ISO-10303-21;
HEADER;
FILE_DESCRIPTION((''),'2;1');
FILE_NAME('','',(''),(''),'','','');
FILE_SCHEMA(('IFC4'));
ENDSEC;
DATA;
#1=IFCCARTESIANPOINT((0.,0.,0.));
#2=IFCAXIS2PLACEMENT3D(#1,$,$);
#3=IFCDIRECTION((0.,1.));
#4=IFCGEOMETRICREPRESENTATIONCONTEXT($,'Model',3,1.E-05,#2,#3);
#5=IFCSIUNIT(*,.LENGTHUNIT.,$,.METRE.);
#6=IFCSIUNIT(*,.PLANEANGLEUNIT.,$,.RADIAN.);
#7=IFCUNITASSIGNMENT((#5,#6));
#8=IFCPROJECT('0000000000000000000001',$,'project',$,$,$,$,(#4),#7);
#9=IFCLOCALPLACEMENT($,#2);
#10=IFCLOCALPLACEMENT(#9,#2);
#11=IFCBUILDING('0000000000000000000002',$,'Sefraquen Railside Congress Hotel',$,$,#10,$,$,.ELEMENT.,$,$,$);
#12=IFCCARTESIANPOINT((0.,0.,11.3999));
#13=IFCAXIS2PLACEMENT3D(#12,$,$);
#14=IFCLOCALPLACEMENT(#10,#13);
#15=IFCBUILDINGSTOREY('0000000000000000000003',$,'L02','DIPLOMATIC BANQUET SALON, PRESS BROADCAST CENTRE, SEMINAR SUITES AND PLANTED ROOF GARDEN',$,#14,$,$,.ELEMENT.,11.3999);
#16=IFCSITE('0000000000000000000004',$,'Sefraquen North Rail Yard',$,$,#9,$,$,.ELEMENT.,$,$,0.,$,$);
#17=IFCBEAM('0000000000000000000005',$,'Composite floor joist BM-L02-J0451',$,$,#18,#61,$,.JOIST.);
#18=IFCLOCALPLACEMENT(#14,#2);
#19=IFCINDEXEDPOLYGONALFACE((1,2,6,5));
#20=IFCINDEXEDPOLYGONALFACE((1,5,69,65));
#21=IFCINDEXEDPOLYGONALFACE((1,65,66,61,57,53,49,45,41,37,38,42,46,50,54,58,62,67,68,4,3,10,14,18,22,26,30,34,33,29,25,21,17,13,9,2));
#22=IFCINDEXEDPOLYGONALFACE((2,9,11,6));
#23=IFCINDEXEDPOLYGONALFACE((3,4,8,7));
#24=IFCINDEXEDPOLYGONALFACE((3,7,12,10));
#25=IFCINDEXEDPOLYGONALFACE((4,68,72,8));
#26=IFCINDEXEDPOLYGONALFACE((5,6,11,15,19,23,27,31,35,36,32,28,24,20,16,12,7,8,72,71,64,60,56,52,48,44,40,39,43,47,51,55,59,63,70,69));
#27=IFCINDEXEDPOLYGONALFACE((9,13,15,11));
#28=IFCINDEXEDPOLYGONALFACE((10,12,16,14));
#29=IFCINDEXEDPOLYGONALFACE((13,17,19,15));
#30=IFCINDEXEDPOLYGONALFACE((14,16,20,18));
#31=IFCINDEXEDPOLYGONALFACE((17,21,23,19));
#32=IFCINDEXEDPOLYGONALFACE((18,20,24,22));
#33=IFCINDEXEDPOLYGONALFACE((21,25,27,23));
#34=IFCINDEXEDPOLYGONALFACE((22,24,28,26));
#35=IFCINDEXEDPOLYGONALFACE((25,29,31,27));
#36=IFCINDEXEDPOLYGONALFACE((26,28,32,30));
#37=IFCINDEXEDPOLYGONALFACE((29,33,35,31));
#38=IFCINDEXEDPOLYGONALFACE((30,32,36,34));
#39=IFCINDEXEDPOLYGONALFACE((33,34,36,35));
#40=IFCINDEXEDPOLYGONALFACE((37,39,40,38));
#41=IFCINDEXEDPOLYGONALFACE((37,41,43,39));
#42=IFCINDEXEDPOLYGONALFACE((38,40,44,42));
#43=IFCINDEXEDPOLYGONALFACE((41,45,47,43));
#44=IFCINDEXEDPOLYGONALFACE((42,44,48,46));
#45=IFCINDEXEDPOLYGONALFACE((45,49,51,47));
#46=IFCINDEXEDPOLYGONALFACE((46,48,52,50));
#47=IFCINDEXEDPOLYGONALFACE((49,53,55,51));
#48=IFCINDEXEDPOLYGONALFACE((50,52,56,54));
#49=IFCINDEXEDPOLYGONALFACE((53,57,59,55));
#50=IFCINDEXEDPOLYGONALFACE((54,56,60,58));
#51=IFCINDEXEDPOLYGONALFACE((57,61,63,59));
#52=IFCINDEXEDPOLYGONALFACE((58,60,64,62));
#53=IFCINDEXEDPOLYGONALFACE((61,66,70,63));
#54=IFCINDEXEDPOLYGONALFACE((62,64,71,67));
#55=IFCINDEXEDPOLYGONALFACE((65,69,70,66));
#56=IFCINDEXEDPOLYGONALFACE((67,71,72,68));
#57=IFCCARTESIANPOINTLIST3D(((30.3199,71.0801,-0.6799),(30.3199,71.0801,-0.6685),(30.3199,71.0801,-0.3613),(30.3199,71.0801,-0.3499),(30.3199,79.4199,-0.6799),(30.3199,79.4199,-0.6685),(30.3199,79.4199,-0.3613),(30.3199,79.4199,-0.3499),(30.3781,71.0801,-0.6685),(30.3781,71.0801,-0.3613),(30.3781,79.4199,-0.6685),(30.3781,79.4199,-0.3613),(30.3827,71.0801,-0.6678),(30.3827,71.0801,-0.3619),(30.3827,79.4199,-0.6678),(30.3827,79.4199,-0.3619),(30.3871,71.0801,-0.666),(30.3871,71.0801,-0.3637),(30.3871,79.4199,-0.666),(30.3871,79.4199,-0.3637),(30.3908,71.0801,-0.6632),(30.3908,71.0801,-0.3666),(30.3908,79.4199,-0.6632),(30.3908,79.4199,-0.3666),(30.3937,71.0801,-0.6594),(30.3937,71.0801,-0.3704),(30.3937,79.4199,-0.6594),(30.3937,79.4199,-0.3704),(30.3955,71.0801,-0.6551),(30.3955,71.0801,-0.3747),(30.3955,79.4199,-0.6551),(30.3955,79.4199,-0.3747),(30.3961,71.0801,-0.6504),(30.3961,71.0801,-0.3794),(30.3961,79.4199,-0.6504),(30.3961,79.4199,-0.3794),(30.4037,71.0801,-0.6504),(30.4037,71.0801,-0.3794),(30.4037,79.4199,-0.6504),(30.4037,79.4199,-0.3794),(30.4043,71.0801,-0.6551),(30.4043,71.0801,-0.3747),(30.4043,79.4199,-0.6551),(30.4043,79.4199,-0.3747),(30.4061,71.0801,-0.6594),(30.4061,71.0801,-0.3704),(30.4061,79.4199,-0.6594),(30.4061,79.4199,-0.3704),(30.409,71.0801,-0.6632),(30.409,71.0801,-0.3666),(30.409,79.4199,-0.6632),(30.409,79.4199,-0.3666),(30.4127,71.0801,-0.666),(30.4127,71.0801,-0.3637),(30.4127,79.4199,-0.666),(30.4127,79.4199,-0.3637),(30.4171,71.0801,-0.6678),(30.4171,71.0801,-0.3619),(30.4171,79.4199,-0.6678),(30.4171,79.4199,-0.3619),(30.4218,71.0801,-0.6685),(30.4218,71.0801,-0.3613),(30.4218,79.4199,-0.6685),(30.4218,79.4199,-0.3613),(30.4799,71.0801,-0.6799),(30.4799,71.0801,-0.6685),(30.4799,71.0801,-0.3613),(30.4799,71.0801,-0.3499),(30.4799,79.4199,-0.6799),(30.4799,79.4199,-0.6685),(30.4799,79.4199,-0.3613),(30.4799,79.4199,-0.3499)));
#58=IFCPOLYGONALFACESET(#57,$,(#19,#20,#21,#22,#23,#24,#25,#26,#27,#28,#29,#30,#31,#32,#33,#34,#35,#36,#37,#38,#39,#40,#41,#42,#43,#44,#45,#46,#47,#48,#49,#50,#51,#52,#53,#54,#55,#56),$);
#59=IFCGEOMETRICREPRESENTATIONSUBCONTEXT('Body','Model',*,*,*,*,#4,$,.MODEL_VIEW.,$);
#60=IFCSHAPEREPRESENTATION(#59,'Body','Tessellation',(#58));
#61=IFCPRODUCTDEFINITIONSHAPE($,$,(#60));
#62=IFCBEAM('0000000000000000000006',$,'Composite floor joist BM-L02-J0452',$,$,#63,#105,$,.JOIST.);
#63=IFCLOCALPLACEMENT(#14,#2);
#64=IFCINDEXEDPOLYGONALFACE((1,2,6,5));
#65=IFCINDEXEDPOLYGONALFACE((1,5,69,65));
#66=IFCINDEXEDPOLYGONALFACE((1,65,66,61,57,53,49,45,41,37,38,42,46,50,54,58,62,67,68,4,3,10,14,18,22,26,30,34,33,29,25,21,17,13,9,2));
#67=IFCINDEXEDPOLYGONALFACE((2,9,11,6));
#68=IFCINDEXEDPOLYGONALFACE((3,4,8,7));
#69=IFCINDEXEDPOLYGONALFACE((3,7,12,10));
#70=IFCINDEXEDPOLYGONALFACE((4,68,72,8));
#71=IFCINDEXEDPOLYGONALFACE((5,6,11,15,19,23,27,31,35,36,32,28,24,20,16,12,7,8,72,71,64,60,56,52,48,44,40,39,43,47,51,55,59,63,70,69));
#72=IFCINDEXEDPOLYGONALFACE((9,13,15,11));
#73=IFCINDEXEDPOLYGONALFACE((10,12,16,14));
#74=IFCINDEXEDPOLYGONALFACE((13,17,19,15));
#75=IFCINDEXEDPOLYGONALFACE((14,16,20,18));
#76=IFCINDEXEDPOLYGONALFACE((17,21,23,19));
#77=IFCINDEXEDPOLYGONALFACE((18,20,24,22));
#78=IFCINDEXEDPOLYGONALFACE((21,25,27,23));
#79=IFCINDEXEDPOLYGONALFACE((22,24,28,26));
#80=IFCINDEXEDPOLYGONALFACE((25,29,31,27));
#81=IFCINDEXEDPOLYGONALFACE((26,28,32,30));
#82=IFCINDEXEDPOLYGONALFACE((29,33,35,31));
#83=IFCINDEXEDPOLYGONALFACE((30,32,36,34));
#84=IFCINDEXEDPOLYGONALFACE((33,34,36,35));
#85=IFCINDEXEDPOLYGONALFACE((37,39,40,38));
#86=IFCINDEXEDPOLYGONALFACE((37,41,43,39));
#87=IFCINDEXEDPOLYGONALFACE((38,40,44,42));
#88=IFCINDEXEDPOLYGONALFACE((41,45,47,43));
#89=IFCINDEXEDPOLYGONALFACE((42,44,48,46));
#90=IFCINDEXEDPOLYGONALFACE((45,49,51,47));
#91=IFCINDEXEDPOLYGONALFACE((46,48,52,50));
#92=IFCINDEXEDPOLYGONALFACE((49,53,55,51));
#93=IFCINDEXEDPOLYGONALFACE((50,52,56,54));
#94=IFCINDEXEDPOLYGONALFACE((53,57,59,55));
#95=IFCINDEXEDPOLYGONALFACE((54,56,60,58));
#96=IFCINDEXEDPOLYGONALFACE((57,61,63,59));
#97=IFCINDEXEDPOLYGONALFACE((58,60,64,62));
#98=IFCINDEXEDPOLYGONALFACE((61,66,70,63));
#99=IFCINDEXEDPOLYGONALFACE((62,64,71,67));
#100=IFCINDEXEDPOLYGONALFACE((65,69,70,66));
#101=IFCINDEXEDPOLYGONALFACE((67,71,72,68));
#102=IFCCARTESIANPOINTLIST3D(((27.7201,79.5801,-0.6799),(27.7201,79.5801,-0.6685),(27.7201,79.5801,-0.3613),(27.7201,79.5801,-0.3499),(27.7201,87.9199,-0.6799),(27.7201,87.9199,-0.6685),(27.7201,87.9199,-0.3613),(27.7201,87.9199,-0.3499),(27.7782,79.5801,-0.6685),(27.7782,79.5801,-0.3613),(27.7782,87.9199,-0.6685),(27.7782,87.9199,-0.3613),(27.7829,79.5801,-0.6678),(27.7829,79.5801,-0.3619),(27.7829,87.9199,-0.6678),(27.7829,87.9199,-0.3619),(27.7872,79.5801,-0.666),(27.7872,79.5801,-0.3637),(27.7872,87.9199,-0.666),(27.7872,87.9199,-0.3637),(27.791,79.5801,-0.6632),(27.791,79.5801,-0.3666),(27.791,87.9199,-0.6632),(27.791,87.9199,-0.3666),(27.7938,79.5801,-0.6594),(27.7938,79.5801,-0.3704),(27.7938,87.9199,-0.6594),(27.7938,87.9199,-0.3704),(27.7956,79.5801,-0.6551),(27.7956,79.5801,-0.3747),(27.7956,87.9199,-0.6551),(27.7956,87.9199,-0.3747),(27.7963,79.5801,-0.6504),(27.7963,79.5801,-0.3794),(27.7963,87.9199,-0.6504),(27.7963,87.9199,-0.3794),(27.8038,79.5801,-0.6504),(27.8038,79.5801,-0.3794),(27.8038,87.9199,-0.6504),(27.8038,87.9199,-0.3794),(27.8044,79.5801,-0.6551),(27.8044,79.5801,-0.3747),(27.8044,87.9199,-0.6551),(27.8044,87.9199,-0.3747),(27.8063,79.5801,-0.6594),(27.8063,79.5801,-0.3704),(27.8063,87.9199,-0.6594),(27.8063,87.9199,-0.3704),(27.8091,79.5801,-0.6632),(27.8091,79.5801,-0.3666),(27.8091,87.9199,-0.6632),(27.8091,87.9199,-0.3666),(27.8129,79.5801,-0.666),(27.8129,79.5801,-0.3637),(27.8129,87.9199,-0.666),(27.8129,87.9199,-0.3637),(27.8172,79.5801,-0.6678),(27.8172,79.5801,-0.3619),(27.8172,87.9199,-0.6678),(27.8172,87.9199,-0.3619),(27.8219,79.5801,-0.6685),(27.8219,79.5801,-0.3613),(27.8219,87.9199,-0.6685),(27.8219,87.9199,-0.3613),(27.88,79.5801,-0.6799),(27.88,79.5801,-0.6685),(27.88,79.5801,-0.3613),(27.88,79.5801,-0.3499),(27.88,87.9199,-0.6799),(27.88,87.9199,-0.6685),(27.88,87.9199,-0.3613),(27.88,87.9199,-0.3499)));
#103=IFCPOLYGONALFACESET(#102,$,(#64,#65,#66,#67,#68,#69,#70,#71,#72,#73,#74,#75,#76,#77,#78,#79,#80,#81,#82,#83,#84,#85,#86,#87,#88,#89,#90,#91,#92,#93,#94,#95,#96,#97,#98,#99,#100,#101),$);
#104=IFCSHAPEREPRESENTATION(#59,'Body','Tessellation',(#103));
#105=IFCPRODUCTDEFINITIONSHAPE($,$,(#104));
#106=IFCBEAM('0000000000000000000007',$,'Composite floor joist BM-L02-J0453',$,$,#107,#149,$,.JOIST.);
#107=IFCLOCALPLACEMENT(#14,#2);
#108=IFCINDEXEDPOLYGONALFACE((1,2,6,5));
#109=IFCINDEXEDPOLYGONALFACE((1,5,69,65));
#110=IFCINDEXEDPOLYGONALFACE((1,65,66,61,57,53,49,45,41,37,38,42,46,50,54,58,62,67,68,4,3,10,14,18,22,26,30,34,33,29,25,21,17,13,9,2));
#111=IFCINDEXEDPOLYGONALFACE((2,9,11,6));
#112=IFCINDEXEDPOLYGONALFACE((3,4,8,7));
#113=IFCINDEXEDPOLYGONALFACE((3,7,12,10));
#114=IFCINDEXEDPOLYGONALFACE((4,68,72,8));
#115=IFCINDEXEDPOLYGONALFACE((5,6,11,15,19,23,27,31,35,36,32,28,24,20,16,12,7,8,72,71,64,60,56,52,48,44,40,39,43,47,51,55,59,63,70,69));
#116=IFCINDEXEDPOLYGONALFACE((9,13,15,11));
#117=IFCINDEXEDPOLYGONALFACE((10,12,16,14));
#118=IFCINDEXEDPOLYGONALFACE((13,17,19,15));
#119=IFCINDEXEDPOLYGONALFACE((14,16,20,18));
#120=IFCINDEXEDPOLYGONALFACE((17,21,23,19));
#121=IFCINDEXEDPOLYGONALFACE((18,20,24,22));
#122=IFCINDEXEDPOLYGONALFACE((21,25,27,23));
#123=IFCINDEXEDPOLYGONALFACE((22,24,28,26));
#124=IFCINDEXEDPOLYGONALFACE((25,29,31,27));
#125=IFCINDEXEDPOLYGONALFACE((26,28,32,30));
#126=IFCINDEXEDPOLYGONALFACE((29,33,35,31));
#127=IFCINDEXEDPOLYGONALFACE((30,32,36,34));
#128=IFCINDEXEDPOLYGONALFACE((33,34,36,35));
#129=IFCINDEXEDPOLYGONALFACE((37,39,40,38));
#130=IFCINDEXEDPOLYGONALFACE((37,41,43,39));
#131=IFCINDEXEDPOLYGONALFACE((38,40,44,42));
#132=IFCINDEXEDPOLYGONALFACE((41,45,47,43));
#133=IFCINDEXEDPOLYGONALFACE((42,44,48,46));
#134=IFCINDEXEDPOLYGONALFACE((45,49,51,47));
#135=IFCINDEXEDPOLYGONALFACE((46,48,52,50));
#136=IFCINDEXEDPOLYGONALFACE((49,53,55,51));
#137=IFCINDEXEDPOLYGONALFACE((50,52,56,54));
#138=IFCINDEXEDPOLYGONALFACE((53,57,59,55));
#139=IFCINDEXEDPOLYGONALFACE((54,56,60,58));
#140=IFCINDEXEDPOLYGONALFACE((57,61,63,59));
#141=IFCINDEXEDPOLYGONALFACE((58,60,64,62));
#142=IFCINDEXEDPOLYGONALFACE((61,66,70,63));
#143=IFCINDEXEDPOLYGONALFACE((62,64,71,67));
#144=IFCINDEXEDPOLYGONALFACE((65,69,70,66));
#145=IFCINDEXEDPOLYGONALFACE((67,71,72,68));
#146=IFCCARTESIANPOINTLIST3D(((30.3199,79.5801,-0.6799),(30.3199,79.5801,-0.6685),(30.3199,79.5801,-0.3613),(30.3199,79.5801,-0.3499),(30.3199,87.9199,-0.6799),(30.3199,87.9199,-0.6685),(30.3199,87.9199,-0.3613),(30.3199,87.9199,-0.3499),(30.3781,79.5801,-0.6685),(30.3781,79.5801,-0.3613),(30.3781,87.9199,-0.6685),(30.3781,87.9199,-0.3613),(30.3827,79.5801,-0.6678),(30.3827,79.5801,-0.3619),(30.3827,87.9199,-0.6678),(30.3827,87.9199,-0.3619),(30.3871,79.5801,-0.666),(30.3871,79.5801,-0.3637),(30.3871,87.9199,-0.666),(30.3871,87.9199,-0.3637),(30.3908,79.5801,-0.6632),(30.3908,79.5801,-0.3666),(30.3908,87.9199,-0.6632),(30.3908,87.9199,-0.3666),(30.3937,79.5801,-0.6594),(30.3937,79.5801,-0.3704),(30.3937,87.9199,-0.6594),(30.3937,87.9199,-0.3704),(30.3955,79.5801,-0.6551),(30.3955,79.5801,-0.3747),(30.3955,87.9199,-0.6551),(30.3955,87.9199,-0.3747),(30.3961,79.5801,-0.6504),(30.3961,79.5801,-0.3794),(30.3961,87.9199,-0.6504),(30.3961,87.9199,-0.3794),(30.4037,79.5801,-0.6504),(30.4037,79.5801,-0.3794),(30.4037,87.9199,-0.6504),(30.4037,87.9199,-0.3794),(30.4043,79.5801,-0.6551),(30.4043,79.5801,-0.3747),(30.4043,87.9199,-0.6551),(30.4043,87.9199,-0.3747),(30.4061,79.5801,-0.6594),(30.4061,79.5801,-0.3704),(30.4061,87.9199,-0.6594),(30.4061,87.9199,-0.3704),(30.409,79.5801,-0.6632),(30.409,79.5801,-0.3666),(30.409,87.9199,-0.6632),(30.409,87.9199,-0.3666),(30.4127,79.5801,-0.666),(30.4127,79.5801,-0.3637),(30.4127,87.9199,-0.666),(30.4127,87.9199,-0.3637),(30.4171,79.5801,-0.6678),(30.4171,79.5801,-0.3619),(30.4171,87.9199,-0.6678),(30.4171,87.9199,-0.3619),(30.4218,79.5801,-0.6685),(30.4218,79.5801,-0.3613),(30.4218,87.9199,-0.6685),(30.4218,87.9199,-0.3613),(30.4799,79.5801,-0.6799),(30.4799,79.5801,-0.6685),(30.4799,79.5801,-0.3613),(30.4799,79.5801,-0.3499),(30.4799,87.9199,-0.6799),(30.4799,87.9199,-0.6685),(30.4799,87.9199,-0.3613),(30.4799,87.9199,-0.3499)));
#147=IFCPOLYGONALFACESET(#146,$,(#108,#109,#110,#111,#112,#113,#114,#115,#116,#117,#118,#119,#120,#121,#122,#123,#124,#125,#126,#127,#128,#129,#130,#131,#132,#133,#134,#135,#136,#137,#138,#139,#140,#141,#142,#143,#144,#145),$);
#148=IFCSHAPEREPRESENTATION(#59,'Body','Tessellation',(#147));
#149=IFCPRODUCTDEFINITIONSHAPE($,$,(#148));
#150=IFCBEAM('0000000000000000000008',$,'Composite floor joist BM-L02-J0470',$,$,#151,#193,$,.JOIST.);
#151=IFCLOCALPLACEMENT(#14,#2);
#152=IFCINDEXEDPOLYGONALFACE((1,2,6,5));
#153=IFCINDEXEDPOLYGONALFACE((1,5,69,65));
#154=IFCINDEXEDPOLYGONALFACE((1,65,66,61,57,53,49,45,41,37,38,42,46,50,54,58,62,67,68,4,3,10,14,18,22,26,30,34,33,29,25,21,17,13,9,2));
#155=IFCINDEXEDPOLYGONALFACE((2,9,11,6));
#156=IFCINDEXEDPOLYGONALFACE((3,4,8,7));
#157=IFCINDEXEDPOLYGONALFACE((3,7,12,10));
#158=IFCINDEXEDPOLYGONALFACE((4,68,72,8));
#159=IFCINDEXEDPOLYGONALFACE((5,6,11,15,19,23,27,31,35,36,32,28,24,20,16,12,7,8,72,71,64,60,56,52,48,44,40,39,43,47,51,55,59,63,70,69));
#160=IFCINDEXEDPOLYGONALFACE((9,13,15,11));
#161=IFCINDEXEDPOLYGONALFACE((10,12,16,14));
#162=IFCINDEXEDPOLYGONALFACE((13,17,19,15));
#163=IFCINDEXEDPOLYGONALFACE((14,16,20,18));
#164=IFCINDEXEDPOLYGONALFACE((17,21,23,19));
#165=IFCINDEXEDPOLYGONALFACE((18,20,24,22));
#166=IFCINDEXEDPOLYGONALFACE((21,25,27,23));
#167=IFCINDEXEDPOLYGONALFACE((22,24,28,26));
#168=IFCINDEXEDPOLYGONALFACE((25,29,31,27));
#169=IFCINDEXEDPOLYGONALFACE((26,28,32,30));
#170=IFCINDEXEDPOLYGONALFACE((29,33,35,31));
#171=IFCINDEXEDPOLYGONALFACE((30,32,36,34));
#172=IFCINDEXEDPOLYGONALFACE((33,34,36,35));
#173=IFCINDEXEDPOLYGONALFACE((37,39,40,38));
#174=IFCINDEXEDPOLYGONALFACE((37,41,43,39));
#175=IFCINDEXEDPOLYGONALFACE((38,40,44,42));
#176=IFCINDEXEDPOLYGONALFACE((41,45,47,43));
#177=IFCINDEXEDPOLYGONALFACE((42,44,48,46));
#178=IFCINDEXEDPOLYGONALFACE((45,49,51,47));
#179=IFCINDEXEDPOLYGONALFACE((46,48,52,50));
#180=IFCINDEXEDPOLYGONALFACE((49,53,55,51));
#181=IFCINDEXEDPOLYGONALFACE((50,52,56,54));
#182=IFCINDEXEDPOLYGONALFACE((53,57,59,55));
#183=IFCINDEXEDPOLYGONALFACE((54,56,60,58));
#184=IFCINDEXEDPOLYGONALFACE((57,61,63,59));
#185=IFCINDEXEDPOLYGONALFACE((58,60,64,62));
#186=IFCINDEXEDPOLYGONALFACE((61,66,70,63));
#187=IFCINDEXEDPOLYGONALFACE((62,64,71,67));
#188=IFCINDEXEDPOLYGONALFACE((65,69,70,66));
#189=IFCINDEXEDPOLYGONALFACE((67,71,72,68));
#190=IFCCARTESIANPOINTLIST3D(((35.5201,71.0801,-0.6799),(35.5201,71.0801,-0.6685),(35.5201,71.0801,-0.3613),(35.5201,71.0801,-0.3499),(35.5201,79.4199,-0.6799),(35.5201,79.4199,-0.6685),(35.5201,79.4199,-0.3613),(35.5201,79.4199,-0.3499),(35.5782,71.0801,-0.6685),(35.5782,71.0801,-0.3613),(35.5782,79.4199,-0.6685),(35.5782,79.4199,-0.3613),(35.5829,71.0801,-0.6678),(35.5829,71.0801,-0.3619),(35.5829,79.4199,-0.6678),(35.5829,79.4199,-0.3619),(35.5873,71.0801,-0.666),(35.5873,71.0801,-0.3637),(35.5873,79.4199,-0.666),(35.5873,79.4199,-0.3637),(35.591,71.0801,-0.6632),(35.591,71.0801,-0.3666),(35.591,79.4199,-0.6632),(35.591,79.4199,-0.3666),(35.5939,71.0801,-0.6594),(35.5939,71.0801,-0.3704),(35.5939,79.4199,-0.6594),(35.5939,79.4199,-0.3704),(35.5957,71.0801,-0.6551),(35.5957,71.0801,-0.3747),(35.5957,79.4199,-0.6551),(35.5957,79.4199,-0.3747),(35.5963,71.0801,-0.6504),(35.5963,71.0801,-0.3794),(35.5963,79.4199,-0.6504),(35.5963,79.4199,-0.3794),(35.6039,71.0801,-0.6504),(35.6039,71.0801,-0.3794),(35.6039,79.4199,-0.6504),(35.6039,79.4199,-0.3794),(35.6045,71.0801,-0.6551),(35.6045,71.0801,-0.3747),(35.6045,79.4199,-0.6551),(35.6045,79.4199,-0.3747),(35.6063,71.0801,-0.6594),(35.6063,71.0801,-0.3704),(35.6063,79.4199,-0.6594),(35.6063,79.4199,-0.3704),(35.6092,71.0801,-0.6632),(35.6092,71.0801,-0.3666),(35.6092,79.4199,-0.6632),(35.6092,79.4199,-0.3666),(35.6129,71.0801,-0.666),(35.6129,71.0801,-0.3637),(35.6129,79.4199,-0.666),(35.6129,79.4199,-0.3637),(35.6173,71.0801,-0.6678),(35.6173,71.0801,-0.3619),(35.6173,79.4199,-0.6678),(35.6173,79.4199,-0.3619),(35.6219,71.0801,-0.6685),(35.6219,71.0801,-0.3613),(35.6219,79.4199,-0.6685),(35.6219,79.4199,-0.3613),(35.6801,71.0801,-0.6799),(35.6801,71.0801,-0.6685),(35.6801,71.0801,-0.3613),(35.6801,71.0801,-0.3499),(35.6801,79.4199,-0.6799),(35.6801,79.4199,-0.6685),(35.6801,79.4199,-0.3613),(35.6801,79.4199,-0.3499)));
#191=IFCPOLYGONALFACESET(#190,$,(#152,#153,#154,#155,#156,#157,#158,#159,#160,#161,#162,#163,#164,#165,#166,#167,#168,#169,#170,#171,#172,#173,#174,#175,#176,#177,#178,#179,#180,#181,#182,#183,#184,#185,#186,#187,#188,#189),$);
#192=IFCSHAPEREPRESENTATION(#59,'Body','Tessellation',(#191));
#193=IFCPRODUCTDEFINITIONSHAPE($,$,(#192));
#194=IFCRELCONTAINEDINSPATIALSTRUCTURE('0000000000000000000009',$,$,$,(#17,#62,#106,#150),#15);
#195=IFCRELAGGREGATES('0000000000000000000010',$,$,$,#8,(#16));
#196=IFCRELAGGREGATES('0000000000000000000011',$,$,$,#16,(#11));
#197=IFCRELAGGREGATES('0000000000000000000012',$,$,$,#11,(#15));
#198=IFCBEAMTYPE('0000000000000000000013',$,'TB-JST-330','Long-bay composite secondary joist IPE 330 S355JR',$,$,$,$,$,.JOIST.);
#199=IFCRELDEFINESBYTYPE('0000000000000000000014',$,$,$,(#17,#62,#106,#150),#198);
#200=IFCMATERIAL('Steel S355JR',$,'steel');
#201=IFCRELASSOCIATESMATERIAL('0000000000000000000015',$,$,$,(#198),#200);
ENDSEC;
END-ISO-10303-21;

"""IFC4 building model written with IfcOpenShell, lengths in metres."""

from ifc_helpers import new_model, si_unit, direction, frame, origin, origin_2d, place, context, subcontext, project, spatial, i_section, extrude, material, material_profile, profile_set, type_object, element, save


model = new_model("IFC4")

# Units and contexts
model_context = context("Model", 3, precision=1e-05, world=origin(), true_north=direction((0.0, 1.0)))
body_context = subcontext(model_context, "Body", "Model", "MODEL_VIEW")
ifc_project = project(units=[si_unit("LENGTHUNIT", "METRE"), si_unit("PLANEANGLEUNIT", "RADIAN")], contexts=[model_context])

# Site, building, storey
site_placement = place(None, origin())
site = spatial("IfcSite", under=ifc_project, at=site_placement, Name="Sefraquen North Rail Yard", CompositionType="ELEMENT", RefElevation=0.0)
building_placement = place(site_placement, origin())
building = spatial("IfcBuilding", under=site, at=building_placement, Name="Sefraquen Railside Congress Hotel", CompositionType="ELEMENT")
storey_placement = place(building_placement, frame((0.0, 0.0, 11.3999)))
storey = spatial("IfcBuildingStorey", under=building, at=storey_placement, Name="L02", Description="DIPLOMATIC BANQUET SALON, PRESS BROADCAST CENTRE, SEMINAR SUITES AND PLANTED ROOF GARDEN", CompositionType="ELEMENT", Elevation=11.3999)

# Shared definitions
ifc_material_1 = material(Name="Steel S355JR", Category="steel")

# Beams
ifc_material_profile_1 = material_profile(ifc_material_1, i_section(OverallWidth=0.1599, OverallDepth=0.3301, WebThickness=0.0076, FlangeThickness=0.0115, FilletRadius=0.0181, at=origin_2d()), Name="IPE 330")
ifc_profile_set_1 = profile_set([ifc_material_profile_1], Name="Steel S355JR")
beam_type_1 = type_object("IfcBeamType", Name="TB-JST-330", Description="Long-bay composite secondary joist IPE 330 S355JR", PredefinedType="JOIST", material=ifc_profile_set_1)
for number, where, z_axis, x_axis, name in (
    (1, (30.3999, 71.0801, -0.5149), (0.0, 1.0, 0.0), (-1.0, 0.0, 0.0), "Composite floor joist BM-L02-J0451"),
    (2, (27.8, 79.5801, -0.5149), (0.0, 1.0, 0.0), (-1.0, 0.0, 0.0), "Composite floor joist BM-L02-J0452"),
    (3, (30.3999, 79.5801, -0.5149), (0.0, 1.0, 0.0), (-1.0, 0.0, 0.0), "Composite floor joist BM-L02-J0453"),
    (4, (35.6001, 71.0801, -0.5149), (0.0, 1.0, 0.0), (-1.0, 0.0, 0.0), "Composite floor joist BM-L02-J0470"),
):
    element("IfcBeam", number, at=place(storey_placement, frame(where, z_axis=z_axis, x_axis=x_axis)), inside=storey, type_object=beam_type_1, Name=name, PredefinedType="JOIST", context=body_context, shape_type="SweptSolid", body=[
        extrude(i_section(OverallWidth=0.1599, OverallDepth=0.3301, WebThickness=0.0076, FlangeThickness=0.0115, FilletRadius=0.0181, at=origin_2d()), origin(), (0.0, 0.0, 1.0), 8.3398),
    ])

save(model, "model.ifc")
